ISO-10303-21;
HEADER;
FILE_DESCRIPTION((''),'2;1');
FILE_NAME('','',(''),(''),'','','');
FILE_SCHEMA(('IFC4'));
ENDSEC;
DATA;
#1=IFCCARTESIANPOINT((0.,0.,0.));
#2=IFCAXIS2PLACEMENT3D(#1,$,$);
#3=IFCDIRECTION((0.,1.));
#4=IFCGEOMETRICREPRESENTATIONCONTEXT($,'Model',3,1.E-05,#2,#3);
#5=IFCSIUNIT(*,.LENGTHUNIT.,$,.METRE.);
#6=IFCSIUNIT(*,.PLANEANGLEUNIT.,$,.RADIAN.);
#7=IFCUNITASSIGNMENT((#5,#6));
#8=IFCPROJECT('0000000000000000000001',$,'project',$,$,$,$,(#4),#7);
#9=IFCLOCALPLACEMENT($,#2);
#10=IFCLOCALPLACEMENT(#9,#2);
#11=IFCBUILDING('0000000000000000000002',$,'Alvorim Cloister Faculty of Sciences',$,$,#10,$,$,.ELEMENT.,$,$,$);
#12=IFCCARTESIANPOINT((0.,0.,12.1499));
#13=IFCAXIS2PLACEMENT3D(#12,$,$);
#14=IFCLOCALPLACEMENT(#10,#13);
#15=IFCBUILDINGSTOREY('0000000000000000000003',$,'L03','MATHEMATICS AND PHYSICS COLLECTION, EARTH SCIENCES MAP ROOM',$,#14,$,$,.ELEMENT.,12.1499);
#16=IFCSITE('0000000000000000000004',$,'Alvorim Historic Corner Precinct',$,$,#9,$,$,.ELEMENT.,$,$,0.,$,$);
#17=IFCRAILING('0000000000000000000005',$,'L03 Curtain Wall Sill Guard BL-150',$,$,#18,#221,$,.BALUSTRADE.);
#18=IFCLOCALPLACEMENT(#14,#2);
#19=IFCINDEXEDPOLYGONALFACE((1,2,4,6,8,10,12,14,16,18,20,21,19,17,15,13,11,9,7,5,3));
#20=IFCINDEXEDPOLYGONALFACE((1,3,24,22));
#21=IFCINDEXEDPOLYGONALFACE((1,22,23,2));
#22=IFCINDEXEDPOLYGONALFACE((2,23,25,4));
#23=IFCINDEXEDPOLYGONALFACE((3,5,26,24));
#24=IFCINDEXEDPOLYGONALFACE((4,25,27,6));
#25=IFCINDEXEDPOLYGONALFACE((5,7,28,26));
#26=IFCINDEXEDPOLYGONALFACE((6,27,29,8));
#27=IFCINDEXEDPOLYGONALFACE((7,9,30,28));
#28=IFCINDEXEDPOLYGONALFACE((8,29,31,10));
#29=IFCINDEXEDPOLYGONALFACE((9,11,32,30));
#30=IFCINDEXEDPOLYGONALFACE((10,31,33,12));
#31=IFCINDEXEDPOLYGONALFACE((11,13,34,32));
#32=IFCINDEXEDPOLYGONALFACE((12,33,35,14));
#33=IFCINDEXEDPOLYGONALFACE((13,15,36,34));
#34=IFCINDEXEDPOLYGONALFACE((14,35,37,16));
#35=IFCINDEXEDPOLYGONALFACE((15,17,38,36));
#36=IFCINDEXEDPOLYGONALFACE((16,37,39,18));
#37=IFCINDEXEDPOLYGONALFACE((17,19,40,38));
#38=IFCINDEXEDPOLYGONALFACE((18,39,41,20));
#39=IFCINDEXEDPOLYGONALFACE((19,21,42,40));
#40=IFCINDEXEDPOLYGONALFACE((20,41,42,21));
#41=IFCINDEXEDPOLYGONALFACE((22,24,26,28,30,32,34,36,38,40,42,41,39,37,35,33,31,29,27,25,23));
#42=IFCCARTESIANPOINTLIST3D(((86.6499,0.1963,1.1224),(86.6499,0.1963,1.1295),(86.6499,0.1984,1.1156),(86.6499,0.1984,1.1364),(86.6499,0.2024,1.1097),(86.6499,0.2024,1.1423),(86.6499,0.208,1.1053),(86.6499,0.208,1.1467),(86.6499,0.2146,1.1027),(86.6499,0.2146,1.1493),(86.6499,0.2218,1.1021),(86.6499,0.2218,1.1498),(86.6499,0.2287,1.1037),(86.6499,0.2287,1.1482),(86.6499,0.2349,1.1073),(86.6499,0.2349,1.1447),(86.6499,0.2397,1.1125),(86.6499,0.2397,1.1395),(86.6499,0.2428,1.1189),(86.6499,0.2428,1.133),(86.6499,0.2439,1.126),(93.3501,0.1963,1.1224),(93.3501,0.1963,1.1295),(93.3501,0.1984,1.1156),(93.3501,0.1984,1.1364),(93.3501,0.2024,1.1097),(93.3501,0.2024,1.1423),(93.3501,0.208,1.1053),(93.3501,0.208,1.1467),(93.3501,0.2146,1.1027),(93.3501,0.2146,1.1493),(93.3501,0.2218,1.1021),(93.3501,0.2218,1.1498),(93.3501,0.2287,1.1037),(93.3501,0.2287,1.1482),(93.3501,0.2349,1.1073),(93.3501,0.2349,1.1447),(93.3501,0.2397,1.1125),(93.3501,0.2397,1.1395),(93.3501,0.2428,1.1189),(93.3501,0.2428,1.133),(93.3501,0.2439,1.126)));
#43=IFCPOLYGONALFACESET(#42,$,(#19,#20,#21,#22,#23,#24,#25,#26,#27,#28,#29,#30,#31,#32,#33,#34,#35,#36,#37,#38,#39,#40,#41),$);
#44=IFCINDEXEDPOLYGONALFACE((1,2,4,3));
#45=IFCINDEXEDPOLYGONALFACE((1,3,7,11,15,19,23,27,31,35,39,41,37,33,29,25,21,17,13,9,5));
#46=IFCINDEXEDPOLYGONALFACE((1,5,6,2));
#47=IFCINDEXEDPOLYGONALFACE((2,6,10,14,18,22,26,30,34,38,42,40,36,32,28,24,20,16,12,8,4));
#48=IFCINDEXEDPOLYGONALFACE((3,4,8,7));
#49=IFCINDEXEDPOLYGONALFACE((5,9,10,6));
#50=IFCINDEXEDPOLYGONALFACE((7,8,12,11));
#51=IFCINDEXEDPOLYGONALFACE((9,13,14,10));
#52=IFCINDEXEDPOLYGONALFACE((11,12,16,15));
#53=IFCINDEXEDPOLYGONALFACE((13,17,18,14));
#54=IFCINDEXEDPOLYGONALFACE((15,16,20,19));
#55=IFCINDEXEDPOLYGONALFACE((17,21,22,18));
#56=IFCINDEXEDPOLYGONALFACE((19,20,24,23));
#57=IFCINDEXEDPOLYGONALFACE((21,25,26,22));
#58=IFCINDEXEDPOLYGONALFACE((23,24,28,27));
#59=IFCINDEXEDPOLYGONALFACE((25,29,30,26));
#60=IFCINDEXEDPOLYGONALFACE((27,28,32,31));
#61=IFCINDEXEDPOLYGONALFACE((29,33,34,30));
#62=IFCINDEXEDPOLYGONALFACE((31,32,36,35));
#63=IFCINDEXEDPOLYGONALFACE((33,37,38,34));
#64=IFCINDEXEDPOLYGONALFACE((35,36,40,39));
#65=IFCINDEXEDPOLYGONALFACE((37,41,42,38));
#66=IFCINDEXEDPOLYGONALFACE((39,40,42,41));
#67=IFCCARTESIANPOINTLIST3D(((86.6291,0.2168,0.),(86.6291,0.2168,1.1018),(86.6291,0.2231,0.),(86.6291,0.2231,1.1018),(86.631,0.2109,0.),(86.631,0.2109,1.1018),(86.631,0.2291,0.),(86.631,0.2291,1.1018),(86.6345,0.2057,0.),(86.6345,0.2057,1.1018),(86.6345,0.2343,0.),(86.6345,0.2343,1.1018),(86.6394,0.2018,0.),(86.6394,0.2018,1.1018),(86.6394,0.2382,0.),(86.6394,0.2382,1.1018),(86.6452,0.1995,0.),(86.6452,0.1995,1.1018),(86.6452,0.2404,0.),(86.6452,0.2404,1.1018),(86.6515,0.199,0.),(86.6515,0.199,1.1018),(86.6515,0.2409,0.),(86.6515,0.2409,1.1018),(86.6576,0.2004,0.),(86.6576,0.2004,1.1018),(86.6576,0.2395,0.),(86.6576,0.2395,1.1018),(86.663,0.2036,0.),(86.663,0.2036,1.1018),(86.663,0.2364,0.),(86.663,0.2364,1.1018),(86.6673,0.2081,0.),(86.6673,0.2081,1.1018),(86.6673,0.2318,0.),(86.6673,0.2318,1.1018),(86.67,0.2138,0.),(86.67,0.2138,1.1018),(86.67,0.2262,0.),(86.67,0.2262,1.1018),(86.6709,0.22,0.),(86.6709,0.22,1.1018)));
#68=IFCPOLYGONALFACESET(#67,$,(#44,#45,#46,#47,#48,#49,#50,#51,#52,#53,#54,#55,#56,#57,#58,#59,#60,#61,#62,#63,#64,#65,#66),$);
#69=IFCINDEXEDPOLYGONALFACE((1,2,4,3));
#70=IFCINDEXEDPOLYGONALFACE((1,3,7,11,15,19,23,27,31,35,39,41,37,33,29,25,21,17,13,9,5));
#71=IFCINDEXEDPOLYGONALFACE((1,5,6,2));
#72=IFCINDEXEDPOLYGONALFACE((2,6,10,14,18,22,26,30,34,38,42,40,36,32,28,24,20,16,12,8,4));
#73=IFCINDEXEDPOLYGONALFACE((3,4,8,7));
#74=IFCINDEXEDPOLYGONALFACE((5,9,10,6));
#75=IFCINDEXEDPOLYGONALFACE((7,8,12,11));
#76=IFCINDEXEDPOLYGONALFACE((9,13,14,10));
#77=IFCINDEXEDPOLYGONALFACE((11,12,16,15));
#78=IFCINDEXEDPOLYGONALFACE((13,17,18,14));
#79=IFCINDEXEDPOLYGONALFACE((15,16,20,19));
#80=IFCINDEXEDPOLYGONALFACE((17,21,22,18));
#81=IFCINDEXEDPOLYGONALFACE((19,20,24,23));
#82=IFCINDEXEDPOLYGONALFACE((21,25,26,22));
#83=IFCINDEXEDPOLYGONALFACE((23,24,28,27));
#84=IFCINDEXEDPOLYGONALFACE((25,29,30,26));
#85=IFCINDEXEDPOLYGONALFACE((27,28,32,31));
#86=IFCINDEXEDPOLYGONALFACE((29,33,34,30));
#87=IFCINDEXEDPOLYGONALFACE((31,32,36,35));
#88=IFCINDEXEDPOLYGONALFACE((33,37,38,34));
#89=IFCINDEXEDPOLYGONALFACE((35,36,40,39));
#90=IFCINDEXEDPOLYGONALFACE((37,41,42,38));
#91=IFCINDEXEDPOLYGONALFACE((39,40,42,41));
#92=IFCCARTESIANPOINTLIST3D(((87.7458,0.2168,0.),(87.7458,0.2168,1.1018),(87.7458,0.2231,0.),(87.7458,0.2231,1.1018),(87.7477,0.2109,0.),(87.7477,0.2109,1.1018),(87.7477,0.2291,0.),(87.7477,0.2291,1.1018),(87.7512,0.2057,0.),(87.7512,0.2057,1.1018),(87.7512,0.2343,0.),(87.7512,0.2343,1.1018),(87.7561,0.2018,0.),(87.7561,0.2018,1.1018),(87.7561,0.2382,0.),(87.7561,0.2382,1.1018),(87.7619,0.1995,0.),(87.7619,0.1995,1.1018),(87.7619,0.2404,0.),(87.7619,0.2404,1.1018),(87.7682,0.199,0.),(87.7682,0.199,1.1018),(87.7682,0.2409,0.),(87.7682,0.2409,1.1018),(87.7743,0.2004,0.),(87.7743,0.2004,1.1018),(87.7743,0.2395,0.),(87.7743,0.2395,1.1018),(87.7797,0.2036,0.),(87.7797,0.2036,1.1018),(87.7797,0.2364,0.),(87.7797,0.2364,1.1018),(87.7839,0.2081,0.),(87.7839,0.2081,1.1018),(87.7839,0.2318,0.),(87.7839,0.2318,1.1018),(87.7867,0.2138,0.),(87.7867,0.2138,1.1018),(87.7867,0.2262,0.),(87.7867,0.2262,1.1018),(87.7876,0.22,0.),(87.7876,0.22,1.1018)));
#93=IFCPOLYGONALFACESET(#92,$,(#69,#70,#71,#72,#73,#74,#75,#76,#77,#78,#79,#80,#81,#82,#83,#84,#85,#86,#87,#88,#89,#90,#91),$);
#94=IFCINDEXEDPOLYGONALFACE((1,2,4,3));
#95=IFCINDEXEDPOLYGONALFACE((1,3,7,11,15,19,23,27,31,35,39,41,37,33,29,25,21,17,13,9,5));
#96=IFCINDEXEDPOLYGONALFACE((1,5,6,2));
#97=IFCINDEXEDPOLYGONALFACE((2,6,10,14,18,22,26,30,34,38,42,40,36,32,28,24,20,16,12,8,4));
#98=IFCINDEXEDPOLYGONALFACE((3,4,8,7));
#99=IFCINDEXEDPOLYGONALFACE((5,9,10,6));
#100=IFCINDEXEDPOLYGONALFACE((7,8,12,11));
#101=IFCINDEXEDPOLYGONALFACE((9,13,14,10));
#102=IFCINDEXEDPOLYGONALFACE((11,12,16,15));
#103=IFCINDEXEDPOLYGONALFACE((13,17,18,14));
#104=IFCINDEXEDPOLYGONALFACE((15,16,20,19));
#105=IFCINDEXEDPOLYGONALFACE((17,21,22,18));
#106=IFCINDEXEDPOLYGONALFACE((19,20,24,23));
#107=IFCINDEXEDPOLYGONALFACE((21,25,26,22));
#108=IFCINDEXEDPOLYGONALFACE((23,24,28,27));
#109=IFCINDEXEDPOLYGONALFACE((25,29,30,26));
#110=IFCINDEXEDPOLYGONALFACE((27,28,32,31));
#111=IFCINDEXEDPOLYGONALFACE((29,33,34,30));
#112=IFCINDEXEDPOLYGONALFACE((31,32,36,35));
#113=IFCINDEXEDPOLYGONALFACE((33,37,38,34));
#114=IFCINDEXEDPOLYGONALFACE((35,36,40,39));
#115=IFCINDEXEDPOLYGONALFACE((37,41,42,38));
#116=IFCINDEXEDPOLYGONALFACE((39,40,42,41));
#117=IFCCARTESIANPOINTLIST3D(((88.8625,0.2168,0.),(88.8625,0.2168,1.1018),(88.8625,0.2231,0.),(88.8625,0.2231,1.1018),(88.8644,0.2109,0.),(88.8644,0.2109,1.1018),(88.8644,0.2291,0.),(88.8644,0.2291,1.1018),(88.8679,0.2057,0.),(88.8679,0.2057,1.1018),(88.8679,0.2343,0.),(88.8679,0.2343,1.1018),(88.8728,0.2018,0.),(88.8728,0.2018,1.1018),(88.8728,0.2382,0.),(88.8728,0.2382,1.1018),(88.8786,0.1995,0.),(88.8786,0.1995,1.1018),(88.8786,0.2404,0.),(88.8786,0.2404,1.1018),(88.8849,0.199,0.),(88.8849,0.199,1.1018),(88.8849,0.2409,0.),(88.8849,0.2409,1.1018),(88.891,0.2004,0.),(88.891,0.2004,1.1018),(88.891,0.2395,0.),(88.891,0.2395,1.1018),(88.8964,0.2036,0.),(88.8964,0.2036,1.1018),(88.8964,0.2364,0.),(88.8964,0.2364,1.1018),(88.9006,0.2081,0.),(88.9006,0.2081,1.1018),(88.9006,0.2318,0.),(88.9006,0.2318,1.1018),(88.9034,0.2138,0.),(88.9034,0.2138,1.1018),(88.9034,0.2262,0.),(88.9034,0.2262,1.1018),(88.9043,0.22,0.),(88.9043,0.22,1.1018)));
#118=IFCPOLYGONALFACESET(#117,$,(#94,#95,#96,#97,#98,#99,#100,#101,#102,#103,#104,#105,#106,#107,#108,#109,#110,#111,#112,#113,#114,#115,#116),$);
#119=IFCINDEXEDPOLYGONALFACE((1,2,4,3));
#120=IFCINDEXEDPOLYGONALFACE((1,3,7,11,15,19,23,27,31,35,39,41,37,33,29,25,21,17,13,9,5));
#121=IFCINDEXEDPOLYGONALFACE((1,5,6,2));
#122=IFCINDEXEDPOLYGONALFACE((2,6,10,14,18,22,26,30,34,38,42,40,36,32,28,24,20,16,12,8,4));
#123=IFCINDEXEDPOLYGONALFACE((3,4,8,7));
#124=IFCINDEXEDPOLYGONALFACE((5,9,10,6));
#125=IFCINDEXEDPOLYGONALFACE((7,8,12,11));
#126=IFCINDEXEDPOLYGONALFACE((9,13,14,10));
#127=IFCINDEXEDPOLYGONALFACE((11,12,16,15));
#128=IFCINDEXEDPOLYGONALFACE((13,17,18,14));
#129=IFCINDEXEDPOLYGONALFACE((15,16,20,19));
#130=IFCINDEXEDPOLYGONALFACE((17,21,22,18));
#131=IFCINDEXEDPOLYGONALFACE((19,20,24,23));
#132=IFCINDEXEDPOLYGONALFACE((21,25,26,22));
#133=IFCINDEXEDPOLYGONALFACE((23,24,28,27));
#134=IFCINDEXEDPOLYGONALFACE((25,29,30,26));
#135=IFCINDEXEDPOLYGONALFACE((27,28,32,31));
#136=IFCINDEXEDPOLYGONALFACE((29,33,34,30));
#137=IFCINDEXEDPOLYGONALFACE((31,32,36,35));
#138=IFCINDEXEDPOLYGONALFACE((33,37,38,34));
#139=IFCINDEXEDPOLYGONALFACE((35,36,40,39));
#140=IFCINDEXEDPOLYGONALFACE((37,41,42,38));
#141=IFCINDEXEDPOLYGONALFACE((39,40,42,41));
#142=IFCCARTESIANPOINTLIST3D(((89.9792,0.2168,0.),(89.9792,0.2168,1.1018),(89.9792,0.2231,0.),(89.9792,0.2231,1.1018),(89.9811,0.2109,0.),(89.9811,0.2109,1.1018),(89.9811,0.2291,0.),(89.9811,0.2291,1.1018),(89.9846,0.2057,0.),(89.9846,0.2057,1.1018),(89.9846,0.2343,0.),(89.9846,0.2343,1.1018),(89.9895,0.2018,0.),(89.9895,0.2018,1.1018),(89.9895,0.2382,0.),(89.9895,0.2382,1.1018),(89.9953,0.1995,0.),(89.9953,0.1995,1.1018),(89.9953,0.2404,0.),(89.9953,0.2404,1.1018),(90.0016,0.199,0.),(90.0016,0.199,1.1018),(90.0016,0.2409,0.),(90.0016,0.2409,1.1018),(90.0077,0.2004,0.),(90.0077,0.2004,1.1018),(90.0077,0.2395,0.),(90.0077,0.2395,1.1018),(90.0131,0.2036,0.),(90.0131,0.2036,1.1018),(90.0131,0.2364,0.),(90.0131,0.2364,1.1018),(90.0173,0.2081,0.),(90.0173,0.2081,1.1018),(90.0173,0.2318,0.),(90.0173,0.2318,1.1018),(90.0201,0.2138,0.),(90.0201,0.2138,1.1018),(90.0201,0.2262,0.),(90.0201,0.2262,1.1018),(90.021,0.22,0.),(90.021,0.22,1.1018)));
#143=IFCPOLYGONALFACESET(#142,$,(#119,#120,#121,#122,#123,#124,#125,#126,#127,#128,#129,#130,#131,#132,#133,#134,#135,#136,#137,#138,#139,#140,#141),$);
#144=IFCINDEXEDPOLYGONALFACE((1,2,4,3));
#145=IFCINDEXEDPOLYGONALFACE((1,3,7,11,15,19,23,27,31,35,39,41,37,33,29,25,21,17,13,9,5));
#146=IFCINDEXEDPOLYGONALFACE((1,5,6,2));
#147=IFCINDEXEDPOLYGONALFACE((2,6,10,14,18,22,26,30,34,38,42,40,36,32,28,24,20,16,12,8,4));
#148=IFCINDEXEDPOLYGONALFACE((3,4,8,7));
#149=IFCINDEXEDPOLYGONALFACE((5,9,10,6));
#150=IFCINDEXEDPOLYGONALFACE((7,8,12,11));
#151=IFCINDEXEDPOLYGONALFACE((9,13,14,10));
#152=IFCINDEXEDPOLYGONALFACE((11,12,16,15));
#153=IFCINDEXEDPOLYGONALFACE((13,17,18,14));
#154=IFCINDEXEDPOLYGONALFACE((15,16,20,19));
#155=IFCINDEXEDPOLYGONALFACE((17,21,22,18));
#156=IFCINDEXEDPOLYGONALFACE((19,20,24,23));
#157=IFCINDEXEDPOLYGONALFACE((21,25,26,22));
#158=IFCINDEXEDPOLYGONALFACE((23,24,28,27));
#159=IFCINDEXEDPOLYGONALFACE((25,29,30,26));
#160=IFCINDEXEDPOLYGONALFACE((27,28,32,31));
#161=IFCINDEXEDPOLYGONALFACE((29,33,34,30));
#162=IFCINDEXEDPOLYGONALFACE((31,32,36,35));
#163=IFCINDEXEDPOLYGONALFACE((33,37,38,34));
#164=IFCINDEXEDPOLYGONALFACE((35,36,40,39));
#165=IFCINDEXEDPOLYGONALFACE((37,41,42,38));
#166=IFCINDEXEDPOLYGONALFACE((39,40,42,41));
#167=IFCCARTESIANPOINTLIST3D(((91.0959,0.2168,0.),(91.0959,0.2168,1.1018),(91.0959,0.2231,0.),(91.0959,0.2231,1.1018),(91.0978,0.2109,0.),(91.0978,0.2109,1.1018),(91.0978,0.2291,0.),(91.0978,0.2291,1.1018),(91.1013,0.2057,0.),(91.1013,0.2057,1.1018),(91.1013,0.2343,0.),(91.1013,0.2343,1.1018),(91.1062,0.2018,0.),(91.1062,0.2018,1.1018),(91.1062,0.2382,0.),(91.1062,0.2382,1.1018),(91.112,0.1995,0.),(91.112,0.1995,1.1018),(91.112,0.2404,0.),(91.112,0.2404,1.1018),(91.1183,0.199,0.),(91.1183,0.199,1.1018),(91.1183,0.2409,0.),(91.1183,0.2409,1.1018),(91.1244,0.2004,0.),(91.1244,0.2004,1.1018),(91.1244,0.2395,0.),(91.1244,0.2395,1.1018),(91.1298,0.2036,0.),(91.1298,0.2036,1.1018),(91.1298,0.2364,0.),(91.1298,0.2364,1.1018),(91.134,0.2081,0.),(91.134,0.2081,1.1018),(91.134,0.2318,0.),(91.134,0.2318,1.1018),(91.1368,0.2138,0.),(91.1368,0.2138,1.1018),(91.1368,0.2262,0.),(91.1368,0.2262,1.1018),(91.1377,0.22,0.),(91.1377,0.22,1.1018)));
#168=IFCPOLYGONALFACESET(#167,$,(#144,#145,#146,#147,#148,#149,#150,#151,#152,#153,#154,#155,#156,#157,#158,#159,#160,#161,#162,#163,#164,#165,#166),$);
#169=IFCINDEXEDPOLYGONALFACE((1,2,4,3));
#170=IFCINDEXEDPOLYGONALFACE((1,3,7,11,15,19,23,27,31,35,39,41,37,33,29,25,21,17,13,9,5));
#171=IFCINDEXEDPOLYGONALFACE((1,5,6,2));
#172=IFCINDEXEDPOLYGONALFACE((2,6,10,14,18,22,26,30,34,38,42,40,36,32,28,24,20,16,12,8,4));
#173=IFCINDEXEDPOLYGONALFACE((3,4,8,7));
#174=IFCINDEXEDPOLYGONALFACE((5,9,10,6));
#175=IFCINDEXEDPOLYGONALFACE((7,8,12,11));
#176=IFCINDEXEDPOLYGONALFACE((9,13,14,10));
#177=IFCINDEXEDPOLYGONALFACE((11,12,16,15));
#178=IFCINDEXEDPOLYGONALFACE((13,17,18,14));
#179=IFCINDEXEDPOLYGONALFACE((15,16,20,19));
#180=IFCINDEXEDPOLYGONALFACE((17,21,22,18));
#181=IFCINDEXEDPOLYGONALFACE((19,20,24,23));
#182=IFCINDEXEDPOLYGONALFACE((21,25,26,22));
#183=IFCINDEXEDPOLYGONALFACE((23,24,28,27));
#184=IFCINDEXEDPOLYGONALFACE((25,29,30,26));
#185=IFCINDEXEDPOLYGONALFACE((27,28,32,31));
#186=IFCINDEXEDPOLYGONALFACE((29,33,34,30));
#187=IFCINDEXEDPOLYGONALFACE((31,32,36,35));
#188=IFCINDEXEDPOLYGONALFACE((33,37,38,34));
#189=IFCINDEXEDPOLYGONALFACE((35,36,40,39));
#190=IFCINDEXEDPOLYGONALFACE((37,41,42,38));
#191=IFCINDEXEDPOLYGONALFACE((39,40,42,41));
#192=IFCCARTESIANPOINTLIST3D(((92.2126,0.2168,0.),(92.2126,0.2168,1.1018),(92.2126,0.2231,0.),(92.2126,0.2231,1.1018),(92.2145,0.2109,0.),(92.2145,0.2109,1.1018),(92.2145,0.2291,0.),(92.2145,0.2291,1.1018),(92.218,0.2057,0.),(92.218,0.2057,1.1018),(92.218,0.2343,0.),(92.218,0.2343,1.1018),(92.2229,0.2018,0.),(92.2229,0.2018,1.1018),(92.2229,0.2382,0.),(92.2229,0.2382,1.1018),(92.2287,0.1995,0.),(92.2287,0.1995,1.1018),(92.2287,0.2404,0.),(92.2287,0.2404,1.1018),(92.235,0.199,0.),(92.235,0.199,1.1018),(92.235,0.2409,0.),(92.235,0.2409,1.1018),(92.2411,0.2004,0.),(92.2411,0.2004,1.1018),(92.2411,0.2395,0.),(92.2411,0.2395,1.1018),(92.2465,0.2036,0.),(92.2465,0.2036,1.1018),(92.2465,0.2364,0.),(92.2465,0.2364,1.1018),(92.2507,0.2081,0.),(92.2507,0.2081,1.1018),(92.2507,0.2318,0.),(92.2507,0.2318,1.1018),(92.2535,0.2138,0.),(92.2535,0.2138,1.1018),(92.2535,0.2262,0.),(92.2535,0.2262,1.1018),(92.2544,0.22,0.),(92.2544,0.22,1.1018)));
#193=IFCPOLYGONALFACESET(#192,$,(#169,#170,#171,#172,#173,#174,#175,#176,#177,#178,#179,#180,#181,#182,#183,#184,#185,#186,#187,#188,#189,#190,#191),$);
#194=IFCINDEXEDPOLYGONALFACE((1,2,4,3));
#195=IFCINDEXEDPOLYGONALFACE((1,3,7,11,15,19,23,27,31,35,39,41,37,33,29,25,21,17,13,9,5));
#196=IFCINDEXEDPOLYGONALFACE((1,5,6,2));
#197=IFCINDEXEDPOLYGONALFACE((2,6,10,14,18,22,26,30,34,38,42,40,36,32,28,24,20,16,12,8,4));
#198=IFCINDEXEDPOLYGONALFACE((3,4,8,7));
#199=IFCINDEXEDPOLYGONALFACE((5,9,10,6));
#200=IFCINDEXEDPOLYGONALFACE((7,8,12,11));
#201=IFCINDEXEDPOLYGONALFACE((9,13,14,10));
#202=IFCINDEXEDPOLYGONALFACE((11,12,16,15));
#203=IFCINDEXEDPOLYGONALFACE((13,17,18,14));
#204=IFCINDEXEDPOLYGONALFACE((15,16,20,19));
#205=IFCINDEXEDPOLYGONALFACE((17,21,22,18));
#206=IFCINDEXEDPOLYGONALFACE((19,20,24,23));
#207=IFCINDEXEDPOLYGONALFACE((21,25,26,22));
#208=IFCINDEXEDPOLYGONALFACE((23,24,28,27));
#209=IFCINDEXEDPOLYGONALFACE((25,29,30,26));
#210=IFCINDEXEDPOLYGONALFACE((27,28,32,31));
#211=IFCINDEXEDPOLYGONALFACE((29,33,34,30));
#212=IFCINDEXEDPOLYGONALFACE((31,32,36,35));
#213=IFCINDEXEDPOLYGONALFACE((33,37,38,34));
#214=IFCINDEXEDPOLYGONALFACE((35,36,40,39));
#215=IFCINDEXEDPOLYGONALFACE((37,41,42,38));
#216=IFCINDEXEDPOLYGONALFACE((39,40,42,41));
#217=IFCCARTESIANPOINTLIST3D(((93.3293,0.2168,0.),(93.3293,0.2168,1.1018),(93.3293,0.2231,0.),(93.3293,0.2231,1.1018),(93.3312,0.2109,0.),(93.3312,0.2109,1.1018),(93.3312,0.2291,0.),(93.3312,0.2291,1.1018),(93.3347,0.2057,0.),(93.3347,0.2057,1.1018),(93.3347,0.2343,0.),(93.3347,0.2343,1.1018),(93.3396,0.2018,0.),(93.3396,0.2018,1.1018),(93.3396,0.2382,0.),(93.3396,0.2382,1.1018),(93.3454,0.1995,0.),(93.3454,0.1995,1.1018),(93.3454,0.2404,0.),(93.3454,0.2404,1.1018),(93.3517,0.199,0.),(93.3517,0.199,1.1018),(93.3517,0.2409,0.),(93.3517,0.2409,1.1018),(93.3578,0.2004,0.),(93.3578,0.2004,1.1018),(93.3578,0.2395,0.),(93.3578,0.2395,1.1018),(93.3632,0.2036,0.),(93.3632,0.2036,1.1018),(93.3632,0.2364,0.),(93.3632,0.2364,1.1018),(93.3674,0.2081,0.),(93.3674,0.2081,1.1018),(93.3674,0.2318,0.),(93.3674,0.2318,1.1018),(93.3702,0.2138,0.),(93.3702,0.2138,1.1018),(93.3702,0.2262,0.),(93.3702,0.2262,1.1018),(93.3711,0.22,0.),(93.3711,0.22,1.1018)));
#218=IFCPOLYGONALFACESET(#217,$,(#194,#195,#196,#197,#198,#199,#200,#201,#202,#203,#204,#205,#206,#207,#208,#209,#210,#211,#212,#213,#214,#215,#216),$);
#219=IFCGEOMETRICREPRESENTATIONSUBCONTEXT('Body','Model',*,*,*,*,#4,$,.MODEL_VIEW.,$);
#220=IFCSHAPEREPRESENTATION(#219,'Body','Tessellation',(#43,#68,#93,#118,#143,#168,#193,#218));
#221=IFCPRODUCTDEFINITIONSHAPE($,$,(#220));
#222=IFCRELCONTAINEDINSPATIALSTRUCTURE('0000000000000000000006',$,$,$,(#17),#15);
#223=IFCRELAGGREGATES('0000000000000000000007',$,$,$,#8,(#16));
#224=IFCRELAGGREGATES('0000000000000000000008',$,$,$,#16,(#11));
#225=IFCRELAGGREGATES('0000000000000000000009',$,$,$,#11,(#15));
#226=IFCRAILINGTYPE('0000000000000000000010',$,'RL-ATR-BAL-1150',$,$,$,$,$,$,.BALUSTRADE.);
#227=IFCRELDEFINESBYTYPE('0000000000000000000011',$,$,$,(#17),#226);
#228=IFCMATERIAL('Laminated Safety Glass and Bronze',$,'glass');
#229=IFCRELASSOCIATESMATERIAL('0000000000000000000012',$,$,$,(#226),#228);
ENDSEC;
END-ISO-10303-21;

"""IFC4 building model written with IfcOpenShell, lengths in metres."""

from ifc_helpers import new_model, si_unit, direction, frame, origin, origin_2d, place, context, subcontext, project, spatial, circle, extrude, material, type_object, element, save


model = new_model("IFC4")

# Units and contexts
model_context = context("Model", 3, precision=1e-05, world=origin(), true_north=direction((0.0, 1.0)))
body_context = subcontext(model_context, "Body", "Model", "MODEL_VIEW")
ifc_project = project(units=[si_unit("LENGTHUNIT", "METRE"), si_unit("PLANEANGLEUNIT", "RADIAN")], contexts=[model_context])

# Site, building, storey
site_placement = place(None, origin())
site = spatial("IfcSite", under=ifc_project, at=site_placement, Name="Alvorim Historic Corner Precinct", CompositionType="ELEMENT", RefElevation=0.0)
building_placement = place(site_placement, origin())
building = spatial("IfcBuilding", under=site, at=building_placement, Name="Alvorim Cloister Faculty of Sciences", CompositionType="ELEMENT")
storey_placement = place(building_placement, frame((0.0, 0.0, 12.1499)))
storey = spatial("IfcBuildingStorey", under=building, at=storey_placement, Name="L03", Description="MATHEMATICS AND PHYSICS COLLECTION, EARTH SCIENCES MAP ROOM", CompositionType="ELEMENT", Elevation=12.1499)

# Railing
ifc_material_1 = material(Name="Laminated Safety Glass and Bronze", Category="glass")
railing_type = type_object("IfcRailingType", Name="RL-ATR-BAL-1150", PredefinedType="BALUSTRADE", material=ifc_material_1)
railing_placement = place(storey_placement, frame((86.6499, 0.22, 0.0)))
element("IfcRailing", 1, at=railing_placement, inside=storey, type_object=railing_type, Name="L03 Curtain Wall Sill Guard BL-150", PredefinedType="BALUSTRADE", context=body_context, shape_type="SweptSolid", body=[
    extrude(circle(Radius=0.0239, at=origin_2d()), frame((0.0, 0.0, 1.126), z_axis=(1.0, 0.0, 0.0), x_axis=(0.0, 1.0, 0.0)), (0.0, 0.0, 1.0), 6.7002),
    extrude(circle(Radius=0.021, at=origin_2d()), origin(), (0.0, 0.0, 1.0), 1.1018),
    extrude(circle(Radius=0.021, at=origin_2d()), frame((1.1167, 0.0, 0.0)), (0.0, 0.0, 1.0), 1.1018),
    extrude(circle(Radius=0.021, at=origin_2d()), frame((2.2334, 0.0, 0.0)), (0.0, 0.0, 1.0), 1.1018),
    extrude(circle(Radius=0.021, at=origin_2d()), frame((3.3501, 0.0, 0.0)), (0.0, 0.0, 1.0), 1.1018),
    extrude(circle(Radius=0.021, at=origin_2d()), frame((4.4668, 0.0, 0.0)), (0.0, 0.0, 1.0), 1.1018),
    extrude(circle(Radius=0.021, at=origin_2d()), frame((5.5835, 0.0, 0.0)), (0.0, 0.0, 1.0), 1.1018),
    extrude(circle(Radius=0.021, at=origin_2d()), frame((6.7002, 0.0, 0.0)), (0.0, 0.0, 1.0), 1.1018),
])

save(model, "model.ifc")
